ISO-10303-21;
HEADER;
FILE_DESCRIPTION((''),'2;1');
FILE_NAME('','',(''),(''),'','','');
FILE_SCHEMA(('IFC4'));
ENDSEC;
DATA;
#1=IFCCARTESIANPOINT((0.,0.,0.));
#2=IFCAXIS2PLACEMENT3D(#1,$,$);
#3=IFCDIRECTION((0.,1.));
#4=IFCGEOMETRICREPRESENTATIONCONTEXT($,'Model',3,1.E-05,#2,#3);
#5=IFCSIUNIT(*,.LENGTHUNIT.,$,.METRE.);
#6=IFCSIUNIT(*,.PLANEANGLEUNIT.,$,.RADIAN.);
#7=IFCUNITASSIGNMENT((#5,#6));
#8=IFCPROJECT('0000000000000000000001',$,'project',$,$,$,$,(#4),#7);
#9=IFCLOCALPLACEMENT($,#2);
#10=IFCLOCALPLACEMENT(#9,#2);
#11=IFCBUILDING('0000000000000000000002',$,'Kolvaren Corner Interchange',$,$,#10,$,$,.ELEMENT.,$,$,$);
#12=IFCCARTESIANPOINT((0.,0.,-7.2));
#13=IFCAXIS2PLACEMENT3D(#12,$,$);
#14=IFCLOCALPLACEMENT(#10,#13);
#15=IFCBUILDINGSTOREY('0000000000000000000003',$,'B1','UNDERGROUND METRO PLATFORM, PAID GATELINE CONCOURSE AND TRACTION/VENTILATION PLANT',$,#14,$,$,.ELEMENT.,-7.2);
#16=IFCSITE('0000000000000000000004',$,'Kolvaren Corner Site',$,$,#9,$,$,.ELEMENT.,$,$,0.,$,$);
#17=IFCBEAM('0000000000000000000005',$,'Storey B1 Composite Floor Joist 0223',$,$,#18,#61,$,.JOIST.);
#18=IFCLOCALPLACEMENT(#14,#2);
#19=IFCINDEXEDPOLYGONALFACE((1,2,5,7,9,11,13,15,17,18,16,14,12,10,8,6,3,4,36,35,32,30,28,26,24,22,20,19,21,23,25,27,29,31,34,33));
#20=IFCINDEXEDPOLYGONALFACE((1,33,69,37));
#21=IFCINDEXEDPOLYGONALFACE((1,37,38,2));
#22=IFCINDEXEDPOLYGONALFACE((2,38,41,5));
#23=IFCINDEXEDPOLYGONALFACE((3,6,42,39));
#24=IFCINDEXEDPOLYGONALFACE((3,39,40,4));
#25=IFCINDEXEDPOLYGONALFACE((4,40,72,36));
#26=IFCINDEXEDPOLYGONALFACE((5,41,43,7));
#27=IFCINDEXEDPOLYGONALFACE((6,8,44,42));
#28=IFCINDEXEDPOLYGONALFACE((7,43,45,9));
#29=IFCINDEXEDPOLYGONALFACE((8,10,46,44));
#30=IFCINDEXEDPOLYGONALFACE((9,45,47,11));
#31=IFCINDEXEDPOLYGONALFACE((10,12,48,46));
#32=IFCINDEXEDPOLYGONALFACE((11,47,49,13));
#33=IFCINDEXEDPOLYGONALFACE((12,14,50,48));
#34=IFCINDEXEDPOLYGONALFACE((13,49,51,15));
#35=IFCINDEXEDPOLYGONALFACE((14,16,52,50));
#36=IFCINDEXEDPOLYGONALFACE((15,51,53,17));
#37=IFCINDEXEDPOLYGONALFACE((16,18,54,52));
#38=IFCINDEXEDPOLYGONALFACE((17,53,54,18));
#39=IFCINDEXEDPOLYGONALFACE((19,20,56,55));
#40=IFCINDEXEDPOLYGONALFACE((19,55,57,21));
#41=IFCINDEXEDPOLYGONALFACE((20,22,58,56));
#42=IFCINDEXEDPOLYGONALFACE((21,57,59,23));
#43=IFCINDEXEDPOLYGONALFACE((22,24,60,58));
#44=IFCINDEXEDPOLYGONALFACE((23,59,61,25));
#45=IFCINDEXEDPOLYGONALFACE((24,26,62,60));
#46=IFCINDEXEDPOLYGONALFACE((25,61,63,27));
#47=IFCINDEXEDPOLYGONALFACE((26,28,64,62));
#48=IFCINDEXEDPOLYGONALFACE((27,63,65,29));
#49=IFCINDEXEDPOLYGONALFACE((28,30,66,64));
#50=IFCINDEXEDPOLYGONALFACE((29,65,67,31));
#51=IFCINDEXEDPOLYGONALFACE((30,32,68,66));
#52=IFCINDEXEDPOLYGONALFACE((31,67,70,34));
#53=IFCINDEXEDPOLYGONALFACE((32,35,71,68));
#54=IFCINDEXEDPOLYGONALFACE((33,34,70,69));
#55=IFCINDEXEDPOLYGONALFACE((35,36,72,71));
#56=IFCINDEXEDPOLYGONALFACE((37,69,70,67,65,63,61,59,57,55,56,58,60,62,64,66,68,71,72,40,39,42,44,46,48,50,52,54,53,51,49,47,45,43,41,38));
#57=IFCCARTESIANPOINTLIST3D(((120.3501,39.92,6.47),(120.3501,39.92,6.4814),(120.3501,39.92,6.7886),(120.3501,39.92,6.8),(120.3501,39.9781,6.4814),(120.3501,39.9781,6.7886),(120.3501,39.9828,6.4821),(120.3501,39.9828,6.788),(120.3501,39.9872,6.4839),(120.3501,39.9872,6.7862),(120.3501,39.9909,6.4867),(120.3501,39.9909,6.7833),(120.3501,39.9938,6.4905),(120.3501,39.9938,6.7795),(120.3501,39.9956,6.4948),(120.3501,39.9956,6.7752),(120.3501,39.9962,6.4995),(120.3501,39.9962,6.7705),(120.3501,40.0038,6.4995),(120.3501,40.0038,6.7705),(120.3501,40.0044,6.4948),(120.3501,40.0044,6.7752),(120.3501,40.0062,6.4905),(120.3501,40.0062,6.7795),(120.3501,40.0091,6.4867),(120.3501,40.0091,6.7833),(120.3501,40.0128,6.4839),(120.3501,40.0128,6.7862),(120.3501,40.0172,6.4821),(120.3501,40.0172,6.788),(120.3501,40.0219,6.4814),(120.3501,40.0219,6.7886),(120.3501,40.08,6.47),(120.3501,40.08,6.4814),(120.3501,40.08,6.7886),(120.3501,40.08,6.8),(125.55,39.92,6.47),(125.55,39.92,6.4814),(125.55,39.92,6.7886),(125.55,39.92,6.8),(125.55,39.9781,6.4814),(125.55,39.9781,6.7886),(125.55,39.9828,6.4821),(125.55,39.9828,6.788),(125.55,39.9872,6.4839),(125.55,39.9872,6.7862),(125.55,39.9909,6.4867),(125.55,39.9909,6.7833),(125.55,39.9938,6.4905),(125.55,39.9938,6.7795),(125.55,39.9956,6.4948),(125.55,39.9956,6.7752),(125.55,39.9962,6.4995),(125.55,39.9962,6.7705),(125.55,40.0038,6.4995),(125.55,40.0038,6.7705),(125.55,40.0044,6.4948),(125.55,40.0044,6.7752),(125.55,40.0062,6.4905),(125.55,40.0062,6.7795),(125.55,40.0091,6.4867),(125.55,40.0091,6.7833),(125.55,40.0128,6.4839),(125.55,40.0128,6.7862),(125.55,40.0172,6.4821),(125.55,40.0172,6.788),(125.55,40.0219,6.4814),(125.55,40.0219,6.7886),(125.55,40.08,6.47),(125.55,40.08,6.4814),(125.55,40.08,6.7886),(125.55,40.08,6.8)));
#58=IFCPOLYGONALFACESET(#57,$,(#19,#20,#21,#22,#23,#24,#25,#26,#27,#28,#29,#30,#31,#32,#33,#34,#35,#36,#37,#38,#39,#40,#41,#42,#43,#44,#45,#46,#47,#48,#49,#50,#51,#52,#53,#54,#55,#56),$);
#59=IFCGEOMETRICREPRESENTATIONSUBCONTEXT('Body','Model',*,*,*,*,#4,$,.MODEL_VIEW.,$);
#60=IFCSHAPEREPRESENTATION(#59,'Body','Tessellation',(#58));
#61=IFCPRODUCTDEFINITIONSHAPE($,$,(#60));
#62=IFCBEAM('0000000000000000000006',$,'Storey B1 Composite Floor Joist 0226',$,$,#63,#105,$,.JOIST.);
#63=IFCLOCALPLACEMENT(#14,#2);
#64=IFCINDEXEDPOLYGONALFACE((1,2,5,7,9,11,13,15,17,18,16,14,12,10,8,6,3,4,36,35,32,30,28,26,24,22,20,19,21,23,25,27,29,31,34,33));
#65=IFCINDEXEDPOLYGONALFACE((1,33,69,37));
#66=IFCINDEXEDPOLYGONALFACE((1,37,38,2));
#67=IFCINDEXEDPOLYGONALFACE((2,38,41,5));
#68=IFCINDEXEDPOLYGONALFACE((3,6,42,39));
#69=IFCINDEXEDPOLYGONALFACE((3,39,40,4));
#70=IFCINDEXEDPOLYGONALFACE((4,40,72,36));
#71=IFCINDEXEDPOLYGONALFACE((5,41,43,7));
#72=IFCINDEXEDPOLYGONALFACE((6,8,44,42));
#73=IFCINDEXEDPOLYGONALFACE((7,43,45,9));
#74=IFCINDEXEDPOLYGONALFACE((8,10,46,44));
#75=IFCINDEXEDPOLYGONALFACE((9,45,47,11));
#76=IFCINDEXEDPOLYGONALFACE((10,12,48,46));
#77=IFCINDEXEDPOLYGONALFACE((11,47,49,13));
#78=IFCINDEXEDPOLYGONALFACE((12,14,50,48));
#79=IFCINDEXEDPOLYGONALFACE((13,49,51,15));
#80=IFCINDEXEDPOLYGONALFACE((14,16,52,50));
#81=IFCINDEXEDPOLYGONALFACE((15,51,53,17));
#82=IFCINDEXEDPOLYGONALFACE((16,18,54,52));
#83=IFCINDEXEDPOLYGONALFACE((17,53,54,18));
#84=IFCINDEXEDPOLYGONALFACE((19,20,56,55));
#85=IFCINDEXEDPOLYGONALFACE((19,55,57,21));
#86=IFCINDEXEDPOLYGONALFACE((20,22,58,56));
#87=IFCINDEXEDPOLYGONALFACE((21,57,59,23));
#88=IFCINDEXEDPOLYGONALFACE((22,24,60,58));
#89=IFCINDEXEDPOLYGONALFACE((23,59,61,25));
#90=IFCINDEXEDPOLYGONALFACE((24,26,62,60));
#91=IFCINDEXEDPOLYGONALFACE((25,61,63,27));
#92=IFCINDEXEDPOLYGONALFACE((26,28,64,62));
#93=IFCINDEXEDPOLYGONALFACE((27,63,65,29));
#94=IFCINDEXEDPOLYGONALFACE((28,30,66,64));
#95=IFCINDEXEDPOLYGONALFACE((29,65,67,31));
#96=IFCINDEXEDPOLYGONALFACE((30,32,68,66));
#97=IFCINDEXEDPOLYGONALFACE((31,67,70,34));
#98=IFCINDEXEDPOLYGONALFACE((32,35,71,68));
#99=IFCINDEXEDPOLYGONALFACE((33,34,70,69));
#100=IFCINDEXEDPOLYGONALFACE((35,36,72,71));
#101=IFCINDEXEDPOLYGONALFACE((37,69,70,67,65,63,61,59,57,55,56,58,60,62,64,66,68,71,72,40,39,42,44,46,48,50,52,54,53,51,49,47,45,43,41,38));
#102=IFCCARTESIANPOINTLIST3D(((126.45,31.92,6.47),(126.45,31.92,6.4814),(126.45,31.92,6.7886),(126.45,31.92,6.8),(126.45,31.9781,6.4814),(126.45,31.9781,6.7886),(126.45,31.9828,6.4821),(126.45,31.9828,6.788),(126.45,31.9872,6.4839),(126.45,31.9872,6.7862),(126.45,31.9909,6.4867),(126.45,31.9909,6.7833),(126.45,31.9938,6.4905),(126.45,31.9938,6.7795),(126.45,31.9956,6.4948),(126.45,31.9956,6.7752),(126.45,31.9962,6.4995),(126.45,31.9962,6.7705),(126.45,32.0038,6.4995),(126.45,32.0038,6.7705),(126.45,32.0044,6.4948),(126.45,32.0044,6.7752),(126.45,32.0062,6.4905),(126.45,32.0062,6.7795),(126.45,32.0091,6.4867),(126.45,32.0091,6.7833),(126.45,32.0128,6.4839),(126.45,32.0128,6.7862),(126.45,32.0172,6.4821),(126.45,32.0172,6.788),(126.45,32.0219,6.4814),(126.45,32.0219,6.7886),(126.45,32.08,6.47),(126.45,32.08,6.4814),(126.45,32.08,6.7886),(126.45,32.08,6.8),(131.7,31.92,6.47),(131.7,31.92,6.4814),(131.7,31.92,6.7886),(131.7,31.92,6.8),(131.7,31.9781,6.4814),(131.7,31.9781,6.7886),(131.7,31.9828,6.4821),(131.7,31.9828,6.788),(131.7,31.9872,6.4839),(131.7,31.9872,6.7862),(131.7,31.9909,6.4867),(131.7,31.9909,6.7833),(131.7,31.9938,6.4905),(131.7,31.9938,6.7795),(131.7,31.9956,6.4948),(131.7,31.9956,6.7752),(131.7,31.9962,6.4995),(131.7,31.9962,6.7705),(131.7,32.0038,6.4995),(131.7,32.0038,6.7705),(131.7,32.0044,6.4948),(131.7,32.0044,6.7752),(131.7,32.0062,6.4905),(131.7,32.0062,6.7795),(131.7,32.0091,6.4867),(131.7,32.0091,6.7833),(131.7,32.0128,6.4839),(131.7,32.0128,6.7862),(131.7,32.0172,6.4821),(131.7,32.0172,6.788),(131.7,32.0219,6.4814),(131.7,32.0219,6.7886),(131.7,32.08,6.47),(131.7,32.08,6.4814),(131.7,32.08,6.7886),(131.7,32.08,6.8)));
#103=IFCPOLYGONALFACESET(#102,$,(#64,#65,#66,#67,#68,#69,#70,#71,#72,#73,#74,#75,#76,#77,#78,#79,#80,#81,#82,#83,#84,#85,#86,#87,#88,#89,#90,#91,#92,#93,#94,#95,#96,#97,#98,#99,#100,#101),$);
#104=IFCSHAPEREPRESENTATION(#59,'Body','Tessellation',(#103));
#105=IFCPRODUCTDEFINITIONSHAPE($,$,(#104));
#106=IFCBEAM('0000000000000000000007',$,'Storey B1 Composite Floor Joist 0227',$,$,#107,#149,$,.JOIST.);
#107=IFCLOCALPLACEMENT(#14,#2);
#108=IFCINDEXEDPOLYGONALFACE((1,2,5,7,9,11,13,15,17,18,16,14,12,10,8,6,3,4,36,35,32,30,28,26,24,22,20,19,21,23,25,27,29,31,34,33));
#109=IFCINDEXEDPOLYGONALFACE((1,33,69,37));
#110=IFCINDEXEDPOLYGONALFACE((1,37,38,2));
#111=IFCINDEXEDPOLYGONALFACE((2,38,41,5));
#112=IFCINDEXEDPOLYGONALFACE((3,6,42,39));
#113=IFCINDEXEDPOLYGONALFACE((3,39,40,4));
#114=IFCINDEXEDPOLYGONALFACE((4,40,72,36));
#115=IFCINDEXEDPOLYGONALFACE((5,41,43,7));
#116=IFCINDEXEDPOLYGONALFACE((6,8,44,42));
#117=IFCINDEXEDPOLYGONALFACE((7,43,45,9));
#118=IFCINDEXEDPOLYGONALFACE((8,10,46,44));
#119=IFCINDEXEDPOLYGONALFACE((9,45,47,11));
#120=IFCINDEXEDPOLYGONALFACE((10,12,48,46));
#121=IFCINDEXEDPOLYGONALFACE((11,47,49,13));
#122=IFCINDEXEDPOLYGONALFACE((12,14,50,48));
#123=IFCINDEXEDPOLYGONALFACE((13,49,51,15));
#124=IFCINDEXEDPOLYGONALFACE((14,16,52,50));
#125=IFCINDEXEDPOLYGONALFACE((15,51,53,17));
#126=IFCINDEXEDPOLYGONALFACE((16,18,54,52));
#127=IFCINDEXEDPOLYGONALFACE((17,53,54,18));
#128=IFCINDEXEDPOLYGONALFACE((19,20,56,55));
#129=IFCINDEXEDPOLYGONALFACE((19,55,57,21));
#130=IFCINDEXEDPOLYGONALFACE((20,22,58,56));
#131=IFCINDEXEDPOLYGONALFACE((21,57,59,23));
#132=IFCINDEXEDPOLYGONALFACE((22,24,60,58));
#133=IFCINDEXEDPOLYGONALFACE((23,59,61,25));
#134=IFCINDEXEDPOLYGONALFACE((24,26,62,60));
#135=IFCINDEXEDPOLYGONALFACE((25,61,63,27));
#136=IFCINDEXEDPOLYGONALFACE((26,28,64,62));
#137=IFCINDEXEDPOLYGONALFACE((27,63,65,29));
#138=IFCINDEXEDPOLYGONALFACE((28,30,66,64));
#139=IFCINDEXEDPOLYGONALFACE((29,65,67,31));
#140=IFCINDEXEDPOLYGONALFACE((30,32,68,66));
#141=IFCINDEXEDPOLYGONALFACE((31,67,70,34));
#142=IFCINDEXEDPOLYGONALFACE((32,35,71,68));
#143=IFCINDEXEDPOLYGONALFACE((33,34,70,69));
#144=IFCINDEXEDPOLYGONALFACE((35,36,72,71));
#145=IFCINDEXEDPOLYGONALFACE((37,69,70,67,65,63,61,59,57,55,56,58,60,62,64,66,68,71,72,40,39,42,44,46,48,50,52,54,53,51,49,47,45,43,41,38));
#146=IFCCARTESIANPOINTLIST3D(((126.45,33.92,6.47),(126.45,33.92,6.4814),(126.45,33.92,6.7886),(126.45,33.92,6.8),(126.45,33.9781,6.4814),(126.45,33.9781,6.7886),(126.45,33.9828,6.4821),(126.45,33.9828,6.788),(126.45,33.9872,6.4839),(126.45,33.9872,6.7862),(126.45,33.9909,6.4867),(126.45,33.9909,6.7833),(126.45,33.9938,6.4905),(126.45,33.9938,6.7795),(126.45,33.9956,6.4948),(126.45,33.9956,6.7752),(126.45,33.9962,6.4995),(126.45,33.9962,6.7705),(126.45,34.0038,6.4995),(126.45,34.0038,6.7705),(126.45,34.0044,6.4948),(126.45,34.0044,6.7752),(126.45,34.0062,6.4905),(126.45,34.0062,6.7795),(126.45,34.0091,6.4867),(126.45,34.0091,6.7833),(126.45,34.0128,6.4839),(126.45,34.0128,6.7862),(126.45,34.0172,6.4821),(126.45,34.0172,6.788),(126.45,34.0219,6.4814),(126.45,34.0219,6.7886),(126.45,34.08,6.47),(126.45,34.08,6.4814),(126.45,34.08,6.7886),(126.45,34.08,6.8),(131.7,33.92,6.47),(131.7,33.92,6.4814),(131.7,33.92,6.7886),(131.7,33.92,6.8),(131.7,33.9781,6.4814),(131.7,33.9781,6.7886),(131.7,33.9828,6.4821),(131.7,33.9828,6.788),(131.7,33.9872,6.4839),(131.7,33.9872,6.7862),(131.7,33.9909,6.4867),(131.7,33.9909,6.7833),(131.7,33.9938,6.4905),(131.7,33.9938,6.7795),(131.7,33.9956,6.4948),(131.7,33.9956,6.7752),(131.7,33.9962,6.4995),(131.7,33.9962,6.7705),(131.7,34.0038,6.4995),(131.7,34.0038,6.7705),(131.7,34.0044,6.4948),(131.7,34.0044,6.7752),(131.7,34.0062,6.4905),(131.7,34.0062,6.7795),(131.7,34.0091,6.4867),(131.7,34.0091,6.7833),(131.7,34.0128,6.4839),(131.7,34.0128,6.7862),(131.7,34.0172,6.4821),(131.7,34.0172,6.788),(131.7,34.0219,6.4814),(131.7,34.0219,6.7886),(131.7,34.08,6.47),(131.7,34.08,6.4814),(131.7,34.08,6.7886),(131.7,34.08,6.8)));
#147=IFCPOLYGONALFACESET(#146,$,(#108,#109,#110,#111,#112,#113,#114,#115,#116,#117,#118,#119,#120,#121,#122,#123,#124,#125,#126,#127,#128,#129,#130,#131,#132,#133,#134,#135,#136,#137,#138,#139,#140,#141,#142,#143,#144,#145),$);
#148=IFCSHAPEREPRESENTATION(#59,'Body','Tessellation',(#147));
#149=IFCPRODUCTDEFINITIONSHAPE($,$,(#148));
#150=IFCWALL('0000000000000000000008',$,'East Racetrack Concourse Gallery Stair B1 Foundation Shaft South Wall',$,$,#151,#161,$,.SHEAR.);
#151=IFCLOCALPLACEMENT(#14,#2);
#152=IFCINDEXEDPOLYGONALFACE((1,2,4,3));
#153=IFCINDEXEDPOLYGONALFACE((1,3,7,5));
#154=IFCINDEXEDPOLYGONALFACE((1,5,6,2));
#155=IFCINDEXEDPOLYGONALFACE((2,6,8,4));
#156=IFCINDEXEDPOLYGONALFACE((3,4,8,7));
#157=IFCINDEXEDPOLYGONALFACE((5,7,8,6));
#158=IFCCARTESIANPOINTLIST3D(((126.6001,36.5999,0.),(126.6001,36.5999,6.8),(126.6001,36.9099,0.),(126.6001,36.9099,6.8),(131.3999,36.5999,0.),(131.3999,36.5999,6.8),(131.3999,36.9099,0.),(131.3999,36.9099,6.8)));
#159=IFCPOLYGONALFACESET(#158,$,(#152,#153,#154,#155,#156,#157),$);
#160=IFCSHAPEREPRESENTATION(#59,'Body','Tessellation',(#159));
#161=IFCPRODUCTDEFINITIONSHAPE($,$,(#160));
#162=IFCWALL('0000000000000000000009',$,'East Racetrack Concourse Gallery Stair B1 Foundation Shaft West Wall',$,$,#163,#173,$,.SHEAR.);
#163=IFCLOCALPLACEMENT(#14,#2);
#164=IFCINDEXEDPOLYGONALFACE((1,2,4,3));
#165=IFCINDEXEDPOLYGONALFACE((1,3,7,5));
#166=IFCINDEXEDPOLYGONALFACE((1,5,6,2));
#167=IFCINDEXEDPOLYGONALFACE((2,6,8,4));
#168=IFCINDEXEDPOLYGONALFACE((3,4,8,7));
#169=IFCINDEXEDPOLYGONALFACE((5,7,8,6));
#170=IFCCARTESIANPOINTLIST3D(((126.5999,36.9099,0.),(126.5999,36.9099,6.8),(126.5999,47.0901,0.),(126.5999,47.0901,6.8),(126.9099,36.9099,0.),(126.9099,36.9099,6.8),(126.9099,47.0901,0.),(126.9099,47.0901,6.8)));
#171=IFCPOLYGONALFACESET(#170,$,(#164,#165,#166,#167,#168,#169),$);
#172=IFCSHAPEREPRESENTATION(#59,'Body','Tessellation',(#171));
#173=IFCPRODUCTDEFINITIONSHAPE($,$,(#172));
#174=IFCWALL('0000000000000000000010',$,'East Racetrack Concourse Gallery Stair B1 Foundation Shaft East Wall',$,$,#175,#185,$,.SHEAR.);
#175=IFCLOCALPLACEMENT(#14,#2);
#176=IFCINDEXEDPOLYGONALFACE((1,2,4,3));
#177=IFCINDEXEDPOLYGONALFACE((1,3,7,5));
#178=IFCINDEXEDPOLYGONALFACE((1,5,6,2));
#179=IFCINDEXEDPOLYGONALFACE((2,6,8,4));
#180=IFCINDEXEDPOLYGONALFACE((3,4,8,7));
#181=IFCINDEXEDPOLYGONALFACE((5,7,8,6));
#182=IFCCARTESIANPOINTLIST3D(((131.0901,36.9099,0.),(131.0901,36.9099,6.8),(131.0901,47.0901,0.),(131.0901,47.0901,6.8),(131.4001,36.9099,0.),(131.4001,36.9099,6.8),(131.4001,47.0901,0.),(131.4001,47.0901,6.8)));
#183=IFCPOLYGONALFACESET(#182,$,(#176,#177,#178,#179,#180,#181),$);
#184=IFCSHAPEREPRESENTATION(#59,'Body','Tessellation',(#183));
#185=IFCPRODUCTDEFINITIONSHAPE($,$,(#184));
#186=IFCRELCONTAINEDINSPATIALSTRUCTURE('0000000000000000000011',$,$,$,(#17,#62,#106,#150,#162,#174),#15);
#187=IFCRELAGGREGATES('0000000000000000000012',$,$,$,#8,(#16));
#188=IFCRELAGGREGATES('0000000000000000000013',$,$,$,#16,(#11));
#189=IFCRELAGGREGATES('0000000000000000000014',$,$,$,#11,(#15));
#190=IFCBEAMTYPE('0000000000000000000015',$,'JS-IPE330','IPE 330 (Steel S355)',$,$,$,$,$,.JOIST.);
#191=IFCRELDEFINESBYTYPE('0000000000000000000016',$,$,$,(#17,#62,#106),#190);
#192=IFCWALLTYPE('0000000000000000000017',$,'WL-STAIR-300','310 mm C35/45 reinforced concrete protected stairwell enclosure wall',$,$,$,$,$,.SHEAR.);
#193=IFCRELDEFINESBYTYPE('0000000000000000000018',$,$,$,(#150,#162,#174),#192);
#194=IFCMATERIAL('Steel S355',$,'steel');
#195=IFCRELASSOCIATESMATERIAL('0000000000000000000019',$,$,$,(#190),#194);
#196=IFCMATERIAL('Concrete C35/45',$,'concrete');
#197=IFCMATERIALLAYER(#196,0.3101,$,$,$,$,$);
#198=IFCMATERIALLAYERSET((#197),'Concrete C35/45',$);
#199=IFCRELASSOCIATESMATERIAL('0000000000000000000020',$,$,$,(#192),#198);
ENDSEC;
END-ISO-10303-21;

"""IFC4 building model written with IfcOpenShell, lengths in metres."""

from ifc_helpers import new_model, si_unit, direction, frame, frame_2d, origin, origin_2d, place, context, subcontext, project, spatial, rectangle, i_section, extrude, material, layer, layer_set, material_profile, profile_set, type_object, element, save


model = new_model("IFC4")

# Units and contexts
model_context = context("Model", 3, precision=1e-05, world=origin(), true_north=direction((0.0, 1.0)))
body_context = subcontext(model_context, "Body", "Model", "MODEL_VIEW")
ifc_project = project(units=[si_unit("LENGTHUNIT", "METRE"), si_unit("PLANEANGLEUNIT", "RADIAN")], contexts=[model_context])

# Site, building, storey
site_placement = place(None, origin())
site = spatial("IfcSite", under=ifc_project, at=site_placement, Name="Kolvaren Corner Site", CompositionType="ELEMENT", RefElevation=0.0)
building_placement = place(site_placement, origin())
building = spatial("IfcBuilding", under=site, at=building_placement, Name="Kolvaren Corner Interchange", CompositionType="ELEMENT")
storey_placement = place(building_placement, frame((0.0, 0.0, -7.2)))
storey = spatial("IfcBuildingStorey", under=building, at=storey_placement, Name="B1", Description="UNDERGROUND METRO PLATFORM, PAID GATELINE CONCOURSE AND TRACTION/VENTILATION PLANT", CompositionType="ELEMENT", Elevation=-7.2)

# Beams
ifc_material_1 = material(Name="Steel S355", Category="steel")
ifc_material_profile_1 = material_profile(ifc_material_1, i_section(OverallWidth=0.1599, OverallDepth=0.3301, WebThickness=0.0076, FlangeThickness=0.0115, FilletRadius=0.0181, at=origin_2d()), Name="IPE 330")
ifc_profile_set_1 = profile_set([ifc_material_profile_1], Name="Steel S355")
beam_type_1 = type_object("IfcBeamType", Name="JS-IPE330", Description="IPE 330 (Steel S355)", PredefinedType="JOIST", material=ifc_profile_set_1)
for number, where, z_axis, x_axis, name in (
    (1, (120.3501, 40.0, 6.635), (1.0, 0.0, 0.0), (0.0, 1.0, 0.0), "Storey B1 Composite Floor Joist 0223"),
):
    element("IfcBeam", number, at=place(storey_placement, frame(where, z_axis=z_axis, x_axis=x_axis)), inside=storey, type_object=beam_type_1, Name=name, PredefinedType="JOIST", context=body_context, shape_type="SweptSolid", body=[
        extrude(i_section(OverallWidth=0.1599, OverallDepth=0.3301, WebThickness=0.0076, FlangeThickness=0.0115, FilletRadius=0.0181, at=origin_2d()), origin(), (0.0, 0.0, 1.0), 5.2),
    ])
for number, where, z_axis, x_axis, name in (
    (2, (126.45, 32.0, 6.635), (1.0, 0.0, 0.0), (0.0, 1.0, 0.0), "Storey B1 Composite Floor Joist 0226"),
    (3, (126.45, 34.0, 6.635), (1.0, 0.0, 0.0), (0.0, 1.0, 0.0), "Storey B1 Composite Floor Joist 0227"),
):
    element("IfcBeam", number, at=place(storey_placement, frame(where, z_axis=z_axis, x_axis=x_axis)), inside=storey, type_object=beam_type_1, Name=name, PredefinedType="JOIST", context=body_context, shape_type="SweptSolid", body=[
        extrude(i_section(OverallWidth=0.1599, OverallDepth=0.3301, WebThickness=0.0076, FlangeThickness=0.0115, FilletRadius=0.0181, at=origin_2d()), origin(), (0.0, 0.0, 1.0), 5.25),
    ])

# Walls
ifc_material_2 = material(Name="Concrete C35/45", Category="concrete")
ifc_layer = layer(ifc_material_2, 0.3101)
ifc_layer_set = layer_set([ifc_layer], Name="Concrete C35/45")
wall_type = type_object("IfcWallType", Name="WL-STAIR-300", Description="310 mm C35/45 reinforced concrete protected stairwell enclosure wall", PredefinedType="SHEAR", material=ifc_layer_set)
wall_placement = place(storey_placement, frame((126.6001, 36.7549, 0.0), z_axis=(0.0, 0.0, 1.0), x_axis=(1.0, 0.0, 0.0)))
element("IfcWall", 4, at=wall_placement, inside=storey, type_object=wall_type, Name="East Racetrack Concourse Gallery Stair B1 Foundation Shaft South Wall", PredefinedType="SHEAR", context=body_context, shape_type="SweptSolid", body=[
    extrude(rectangle(XDim=4.7998, YDim=0.3101, at=frame_2d((2.3999, 0.0))), origin(), (0.0, 0.0, 1.0), 6.8),
])
for number, where, z_axis, x_axis, name in (
    (5, (126.7549, 36.9099, 0.0), (0.0, 0.0, 1.0), (0.0, 1.0, 0.0), "East Racetrack Concourse Gallery Stair B1 Foundation Shaft West Wall"),
    (6, (131.2451, 36.9099, 0.0), (0.0, 0.0, 1.0), (0.0, 1.0, 0.0), "East Racetrack Concourse Gallery Stair B1 Foundation Shaft East Wall"),
):
    element("IfcWall", number, at=place(storey_placement, frame(where, z_axis=z_axis, x_axis=x_axis)), inside=storey, type_object=wall_type, Name=name, PredefinedType="SHEAR", context=body_context, shape_type="SweptSolid", body=[
        extrude(rectangle(XDim=10.1802, YDim=0.3101, at=frame_2d((5.0901, 0.0))), origin(), (0.0, 0.0, 1.0), 6.8),
    ])

save(model, "model.ifc")
